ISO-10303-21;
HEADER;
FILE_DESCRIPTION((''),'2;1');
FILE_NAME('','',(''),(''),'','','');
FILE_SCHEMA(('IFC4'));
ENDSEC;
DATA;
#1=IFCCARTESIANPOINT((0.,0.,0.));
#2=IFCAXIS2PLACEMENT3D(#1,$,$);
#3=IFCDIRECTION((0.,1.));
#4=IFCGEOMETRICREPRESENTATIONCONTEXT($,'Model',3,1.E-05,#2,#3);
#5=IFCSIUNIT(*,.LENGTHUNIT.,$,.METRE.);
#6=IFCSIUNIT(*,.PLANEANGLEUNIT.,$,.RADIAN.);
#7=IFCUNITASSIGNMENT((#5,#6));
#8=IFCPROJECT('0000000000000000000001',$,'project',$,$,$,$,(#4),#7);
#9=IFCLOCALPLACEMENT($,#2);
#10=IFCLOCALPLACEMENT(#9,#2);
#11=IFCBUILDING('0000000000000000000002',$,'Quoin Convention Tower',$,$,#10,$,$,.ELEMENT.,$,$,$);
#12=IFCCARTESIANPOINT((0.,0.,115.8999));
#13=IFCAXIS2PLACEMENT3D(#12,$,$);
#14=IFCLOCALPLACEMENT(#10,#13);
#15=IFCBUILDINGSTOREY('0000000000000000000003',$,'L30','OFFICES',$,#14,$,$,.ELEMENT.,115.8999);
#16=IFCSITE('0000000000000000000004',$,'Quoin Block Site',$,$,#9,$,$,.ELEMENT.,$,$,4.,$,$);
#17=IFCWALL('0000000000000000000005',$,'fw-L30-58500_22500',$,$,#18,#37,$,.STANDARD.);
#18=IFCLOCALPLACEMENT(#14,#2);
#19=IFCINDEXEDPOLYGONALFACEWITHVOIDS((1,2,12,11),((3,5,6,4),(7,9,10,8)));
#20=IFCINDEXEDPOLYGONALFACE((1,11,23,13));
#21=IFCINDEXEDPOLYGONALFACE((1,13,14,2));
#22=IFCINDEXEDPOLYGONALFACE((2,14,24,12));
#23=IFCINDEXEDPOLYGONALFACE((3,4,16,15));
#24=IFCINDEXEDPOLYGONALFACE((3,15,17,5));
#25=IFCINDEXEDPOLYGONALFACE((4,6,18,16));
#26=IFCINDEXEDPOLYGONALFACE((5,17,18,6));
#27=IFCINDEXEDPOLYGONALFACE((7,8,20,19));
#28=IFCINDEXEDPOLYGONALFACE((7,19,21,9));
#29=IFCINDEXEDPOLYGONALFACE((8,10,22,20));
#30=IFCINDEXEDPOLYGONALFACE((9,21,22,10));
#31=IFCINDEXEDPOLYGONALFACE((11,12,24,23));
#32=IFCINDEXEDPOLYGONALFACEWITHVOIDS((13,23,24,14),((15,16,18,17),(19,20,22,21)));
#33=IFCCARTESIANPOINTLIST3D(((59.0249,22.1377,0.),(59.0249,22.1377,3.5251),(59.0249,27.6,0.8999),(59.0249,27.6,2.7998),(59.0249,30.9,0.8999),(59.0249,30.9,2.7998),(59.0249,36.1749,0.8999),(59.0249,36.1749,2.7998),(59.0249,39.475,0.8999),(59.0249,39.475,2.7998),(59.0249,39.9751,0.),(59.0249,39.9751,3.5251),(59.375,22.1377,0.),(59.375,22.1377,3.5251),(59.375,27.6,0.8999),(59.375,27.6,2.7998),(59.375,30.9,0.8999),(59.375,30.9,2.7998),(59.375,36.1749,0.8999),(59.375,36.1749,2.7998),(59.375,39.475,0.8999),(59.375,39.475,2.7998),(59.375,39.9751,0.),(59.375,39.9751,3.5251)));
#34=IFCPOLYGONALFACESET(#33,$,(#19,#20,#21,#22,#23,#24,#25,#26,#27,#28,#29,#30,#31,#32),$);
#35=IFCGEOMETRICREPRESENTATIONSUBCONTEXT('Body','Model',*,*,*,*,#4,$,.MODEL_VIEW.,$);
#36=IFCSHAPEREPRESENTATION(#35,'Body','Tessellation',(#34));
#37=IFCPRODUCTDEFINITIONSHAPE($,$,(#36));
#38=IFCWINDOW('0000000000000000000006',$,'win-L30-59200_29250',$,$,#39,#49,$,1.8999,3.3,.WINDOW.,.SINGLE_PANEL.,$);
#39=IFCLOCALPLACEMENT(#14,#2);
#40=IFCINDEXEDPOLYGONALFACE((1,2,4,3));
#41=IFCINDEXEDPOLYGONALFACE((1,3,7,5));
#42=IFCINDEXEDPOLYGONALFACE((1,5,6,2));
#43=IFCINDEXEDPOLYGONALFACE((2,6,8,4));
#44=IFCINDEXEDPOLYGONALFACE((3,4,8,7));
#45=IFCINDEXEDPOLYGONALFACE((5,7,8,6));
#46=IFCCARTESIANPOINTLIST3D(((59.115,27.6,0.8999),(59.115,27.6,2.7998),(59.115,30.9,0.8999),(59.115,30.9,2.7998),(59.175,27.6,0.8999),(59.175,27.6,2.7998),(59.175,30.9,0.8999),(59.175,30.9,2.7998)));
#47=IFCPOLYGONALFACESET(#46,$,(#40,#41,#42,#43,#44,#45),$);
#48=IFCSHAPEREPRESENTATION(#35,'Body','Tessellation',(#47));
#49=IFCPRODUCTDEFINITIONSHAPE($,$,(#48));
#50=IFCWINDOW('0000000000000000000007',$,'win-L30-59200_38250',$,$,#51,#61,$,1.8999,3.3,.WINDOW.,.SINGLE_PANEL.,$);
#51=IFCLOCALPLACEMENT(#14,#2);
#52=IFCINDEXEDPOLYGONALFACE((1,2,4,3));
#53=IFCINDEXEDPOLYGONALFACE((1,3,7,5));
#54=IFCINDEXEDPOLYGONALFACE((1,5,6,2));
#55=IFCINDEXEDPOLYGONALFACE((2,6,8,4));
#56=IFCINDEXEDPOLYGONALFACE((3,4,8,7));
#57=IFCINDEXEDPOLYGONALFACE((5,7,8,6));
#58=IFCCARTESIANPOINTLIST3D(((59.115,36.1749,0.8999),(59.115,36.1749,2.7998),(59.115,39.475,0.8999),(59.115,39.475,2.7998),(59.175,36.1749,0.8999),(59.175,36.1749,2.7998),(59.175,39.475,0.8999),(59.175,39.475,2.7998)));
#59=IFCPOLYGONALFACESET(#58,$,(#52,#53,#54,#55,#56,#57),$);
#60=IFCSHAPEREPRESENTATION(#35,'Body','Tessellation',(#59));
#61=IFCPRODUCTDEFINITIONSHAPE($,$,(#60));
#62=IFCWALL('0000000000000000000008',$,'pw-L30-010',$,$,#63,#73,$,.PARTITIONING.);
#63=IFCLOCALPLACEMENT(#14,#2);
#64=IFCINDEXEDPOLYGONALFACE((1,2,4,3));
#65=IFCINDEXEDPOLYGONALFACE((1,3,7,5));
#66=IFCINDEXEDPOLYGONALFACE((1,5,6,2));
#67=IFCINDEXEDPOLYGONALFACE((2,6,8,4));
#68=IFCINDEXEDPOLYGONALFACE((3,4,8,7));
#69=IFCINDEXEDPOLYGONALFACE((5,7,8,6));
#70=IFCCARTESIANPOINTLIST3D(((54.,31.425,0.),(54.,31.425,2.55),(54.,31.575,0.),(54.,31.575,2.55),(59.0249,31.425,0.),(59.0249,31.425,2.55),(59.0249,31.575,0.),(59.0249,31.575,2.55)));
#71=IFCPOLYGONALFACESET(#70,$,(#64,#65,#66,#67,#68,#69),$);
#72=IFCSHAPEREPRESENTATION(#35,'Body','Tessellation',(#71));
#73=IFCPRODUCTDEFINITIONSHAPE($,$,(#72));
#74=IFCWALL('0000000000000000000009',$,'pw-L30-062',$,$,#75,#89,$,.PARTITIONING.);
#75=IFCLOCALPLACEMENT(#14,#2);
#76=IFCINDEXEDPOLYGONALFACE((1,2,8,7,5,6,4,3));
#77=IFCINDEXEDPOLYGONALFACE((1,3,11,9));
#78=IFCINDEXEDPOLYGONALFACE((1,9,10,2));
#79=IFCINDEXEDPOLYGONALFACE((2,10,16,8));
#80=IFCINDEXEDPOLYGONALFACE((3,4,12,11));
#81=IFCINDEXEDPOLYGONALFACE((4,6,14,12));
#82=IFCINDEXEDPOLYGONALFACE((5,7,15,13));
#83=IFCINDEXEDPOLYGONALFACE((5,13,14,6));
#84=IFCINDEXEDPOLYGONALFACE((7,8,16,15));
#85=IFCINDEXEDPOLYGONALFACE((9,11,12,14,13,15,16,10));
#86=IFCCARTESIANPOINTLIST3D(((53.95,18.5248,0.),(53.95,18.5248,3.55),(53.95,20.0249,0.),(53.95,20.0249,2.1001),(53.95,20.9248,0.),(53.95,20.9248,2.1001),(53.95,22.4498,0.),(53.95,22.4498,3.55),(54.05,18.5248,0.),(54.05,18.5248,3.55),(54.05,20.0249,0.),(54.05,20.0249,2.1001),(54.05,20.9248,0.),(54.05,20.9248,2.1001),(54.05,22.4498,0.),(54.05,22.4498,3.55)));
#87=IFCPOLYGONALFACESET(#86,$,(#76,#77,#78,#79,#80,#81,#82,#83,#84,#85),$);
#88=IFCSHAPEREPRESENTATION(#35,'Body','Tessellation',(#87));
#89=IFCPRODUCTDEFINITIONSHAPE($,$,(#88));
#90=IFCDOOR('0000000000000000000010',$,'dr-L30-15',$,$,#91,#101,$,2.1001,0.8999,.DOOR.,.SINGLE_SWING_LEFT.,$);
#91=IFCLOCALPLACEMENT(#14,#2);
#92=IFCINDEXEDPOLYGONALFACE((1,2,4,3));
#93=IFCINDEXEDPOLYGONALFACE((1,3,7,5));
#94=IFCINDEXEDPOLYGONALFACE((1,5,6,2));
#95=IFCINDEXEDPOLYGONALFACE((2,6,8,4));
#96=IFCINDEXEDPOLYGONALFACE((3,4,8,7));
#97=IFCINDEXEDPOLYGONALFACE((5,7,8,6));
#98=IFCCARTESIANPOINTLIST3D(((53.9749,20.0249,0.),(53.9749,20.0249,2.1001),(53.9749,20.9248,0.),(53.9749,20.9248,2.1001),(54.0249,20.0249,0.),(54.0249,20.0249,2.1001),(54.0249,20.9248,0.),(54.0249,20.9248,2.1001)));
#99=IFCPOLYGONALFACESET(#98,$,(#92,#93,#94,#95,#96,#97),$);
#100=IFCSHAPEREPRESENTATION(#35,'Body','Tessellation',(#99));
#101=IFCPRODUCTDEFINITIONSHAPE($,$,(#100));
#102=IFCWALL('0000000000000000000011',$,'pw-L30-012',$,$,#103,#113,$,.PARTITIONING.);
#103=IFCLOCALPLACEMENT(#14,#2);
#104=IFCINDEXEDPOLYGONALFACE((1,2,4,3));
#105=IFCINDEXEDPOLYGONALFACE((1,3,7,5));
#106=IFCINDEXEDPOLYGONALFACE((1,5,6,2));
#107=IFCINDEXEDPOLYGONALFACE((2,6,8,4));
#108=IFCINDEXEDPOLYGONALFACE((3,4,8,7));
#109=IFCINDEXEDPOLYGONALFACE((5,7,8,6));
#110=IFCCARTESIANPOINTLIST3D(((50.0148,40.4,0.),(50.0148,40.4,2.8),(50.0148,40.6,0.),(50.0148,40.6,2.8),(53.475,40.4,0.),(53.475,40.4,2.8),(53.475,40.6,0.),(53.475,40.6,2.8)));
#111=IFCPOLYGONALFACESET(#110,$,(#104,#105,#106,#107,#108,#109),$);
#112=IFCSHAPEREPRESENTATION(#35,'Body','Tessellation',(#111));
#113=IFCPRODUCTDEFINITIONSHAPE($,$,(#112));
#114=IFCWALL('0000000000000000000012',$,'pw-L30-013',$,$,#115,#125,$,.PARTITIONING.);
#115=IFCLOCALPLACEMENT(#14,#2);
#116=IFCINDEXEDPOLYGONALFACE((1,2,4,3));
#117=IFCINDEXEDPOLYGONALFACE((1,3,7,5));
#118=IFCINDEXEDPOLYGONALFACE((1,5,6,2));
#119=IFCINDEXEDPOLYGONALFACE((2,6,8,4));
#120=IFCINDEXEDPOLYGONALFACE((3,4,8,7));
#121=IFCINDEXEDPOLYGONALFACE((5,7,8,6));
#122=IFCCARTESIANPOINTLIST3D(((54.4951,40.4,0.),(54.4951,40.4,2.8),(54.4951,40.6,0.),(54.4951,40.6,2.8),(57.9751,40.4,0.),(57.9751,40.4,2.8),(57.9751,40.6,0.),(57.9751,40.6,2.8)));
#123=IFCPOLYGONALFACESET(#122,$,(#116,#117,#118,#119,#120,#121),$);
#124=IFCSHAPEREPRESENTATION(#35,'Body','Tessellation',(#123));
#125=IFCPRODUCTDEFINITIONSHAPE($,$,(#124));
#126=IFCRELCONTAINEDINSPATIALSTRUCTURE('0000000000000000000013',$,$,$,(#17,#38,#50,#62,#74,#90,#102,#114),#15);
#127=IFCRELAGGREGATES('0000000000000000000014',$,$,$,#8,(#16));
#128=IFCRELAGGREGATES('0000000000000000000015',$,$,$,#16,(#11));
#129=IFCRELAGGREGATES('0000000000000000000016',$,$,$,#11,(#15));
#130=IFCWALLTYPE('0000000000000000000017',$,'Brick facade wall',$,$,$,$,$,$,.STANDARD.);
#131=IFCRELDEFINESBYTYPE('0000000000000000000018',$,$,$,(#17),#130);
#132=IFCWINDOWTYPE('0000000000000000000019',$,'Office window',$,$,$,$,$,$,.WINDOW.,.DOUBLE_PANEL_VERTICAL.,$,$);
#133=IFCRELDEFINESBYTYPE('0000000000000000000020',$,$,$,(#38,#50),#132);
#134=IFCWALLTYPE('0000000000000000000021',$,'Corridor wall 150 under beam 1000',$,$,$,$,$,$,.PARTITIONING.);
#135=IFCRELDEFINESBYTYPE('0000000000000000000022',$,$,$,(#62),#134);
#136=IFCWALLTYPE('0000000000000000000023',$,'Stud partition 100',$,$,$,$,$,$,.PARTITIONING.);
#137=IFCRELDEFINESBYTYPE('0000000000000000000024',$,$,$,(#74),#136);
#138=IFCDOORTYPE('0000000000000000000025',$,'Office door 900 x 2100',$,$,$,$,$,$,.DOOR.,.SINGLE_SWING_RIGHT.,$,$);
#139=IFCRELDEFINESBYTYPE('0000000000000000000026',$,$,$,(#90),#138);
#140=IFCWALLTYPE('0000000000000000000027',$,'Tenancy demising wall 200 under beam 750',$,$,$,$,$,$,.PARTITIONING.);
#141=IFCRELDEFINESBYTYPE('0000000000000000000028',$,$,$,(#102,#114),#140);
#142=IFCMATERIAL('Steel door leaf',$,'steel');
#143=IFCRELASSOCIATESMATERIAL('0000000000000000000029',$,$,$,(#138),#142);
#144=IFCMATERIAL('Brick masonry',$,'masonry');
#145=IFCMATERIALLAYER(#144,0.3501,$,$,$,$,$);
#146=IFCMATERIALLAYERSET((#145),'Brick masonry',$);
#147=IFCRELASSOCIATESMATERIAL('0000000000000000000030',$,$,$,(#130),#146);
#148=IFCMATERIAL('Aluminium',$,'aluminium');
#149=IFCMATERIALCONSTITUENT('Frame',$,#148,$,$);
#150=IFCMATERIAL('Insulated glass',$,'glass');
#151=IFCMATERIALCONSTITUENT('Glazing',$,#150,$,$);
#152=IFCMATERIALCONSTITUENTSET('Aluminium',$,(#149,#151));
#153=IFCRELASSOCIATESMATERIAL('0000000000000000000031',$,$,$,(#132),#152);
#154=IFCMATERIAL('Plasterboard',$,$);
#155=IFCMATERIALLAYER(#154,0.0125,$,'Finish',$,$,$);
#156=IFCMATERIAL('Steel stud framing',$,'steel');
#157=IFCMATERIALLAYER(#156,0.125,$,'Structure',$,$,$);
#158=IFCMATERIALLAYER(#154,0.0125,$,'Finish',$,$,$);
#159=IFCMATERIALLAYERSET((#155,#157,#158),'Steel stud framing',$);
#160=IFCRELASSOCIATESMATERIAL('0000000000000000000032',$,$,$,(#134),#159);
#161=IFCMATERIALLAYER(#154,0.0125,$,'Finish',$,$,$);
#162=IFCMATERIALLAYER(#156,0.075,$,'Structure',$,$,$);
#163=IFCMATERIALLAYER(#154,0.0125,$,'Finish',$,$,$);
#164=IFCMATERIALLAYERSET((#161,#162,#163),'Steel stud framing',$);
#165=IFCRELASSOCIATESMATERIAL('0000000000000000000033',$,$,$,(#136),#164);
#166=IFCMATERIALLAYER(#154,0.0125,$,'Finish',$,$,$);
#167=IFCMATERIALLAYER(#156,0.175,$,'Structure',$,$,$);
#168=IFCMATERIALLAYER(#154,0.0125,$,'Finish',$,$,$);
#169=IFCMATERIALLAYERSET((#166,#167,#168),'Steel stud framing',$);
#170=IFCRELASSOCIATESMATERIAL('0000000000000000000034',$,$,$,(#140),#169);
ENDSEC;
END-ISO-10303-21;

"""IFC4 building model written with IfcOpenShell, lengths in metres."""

from ifc_helpers import new_model, si_unit, direction, frame, frame_2d, origin, place, context, subcontext, project, spatial, rectangle, extrude, material, layer, layer_set, constituent, constituent_set, type_object, element, fill, save


model = new_model("IFC4")

# Units and contexts
model_context = context("Model", 3, precision=1e-05, world=origin(), true_north=direction((0.0, 1.0)))
body_context = subcontext(model_context, "Body", "Model", "MODEL_VIEW")
ifc_project = project(units=[si_unit("LENGTHUNIT", "METRE"), si_unit("PLANEANGLEUNIT", "RADIAN")], contexts=[model_context])

# Site, building, storey
site_placement = place(None, origin())
site = spatial("IfcSite", under=ifc_project, at=site_placement, Name="Quoin Block Site", CompositionType="ELEMENT", RefElevation=4.0)
building_placement = place(site_placement, origin())
building = spatial("IfcBuilding", under=site, at=building_placement, Name="Quoin Convention Tower", CompositionType="ELEMENT")
storey_placement = place(building_placement, frame((0.0, 0.0, 115.8999)))
storey = spatial("IfcBuildingStorey", under=building, at=storey_placement, Name="L30", Description="OFFICES", CompositionType="ELEMENT", Elevation=115.8999)

# Shared definitions
ifc_material_1 = material(Name="Plasterboard")
ifc_material_2 = material(Name="Steel stud framing", Category="steel")

# Shared definitions
ifc_material_3 = material(Name="Steel door leaf", Category="steel")
door_type = type_object("IfcDoorType", Name="Office door 900 x 2100", OperationType="SINGLE_SWING_RIGHT", PredefinedType="DOOR", material=ifc_material_3)

# Shared definitions
ifc_material_4 = material(Name="Brick masonry", Category="masonry")
ifc_layer_1 = layer(ifc_material_4, 0.3501)
ifc_layer_set_1 = layer_set([ifc_layer_1], Name="Brick masonry")
wall_type_1 = type_object("IfcWallType", Name="Brick facade wall", PredefinedType="STANDARD", material=ifc_layer_set_1)
ifc_material_5 = material(Name="Aluminium", Category="aluminium")
ifc_constituent_1 = constituent(ifc_material_5, Name="Frame")
ifc_material_6 = material(Name="Insulated glass", Category="glass")
ifc_constituent_2 = constituent(ifc_material_6, Name="Glazing")
ifc_constituent_set = constituent_set(constituents=[ifc_constituent_1, ifc_constituent_2], Name="Aluminium")
window_type = type_object("IfcWindowType", Name="Office window", PartitioningType="DOUBLE_PANEL_VERTICAL", PredefinedType="WINDOW", material=ifc_constituent_set)

# Wall, openings, windows
wall_1_placement = place(storey_placement, frame((59.2, 22.1377, 0.0), z_axis=(0.0, 0.0, 1.0), x_axis=(0.0, 1.0, 0.0)))
wall_1 = element("IfcWall", 1, at=wall_1_placement, inside=storey, type_object=wall_type_1, Name="fw-L30-58500_22500", PredefinedType="STANDARD", context=body_context, shape_type="SweptSolid", body=[
    extrude(rectangle(XDim=17.8374, YDim=0.3501, at=frame_2d((8.9187, 0.0))), origin(), (0.0, 0.0, 1.0), 3.5251),
])
opening_1_placement = place(wall_1_placement, frame((5.4624, 0.0, 0.8999)))
opening_1 = element("IfcOpeningElement", 2, at=opening_1_placement, cuts=wall_1, PredefinedType="OPENING", context=body_context, shape_type="SweptSolid", body=[
    extrude(rectangle(XDim=3.3, YDim=1.8999, at=frame_2d((1.6499, 0.95))), frame((0.0, 0.1851, 0.0), z_axis=(0.0, -1.0, 0.0), x_axis=(1.0, 0.0, 0.0)), (0.0, 0.0, 1.0), 0.3701),
])
opening_2_placement = place(wall_1_placement, frame((14.0374, 0.0, 0.8999)))
opening_2 = element("IfcOpeningElement", 3, at=opening_2_placement, cuts=wall_1, PredefinedType="OPENING", context=body_context, shape_type="SweptSolid", body=[
    extrude(rectangle(XDim=3.3, YDim=1.8999, at=frame_2d((1.6499, 0.95))), frame((0.0, 0.1851, 0.0), z_axis=(0.0, -1.0, 0.0), x_axis=(1.0, 0.0, 0.0)), (0.0, 0.0, 1.0), 0.3701),
])
window_1_placement = place(opening_1_placement, origin())
window_1 = element("IfcWindow", 4, at=window_1_placement, inside=storey, type_object=window_type, Name="win-L30-59200_29250", OverallHeight=1.8999, OverallWidth=3.3, PartitioningType="SINGLE_PANEL", PredefinedType="WINDOW", context=body_context, shape_type="SweptSolid", body=[
    extrude(rectangle(XDim=3.3, YDim=1.8999, at=frame_2d((1.6499, 0.95))), frame((0.0, 0.085, 0.0), z_axis=(0.0, -1.0, 0.0), x_axis=(1.0, 0.0, 0.0)), (0.0, 0.0, 1.0), 0.0601),
])
fill(opening_1, window_1)
window_2_placement = place(opening_2_placement, origin())
window_2 = element("IfcWindow", 5, at=window_2_placement, inside=storey, type_object=window_type, Name="win-L30-59200_38250", OverallHeight=1.8999, OverallWidth=3.3, PartitioningType="SINGLE_PANEL", PredefinedType="WINDOW", context=body_context, shape_type="SweptSolid", body=[
    extrude(rectangle(XDim=3.3, YDim=1.8999, at=frame_2d((1.6499, 0.95))), frame((0.0, 0.085, 0.0), z_axis=(0.0, -1.0, 0.0), x_axis=(1.0, 0.0, 0.0)), (0.0, 0.0, 1.0), 0.0601),
])
fill(opening_2, window_2)

# Wall
ifc_layer_2 = layer(ifc_material_1, 0.0125, Name="Finish")
ifc_layer_3 = layer(ifc_material_2, 0.125, Name="Structure")
ifc_layer_4 = layer(ifc_material_1, 0.0125, Name="Finish")
ifc_layer_set_2 = layer_set([ifc_layer_2, ifc_layer_3, ifc_layer_4], Name="Steel stud framing")
wall_type_2 = type_object("IfcWallType", Name="Corridor wall 150 under beam 1000", PredefinedType="PARTITIONING", material=ifc_layer_set_2)
wall_2_placement = place(storey_placement, frame((54.0, 31.5, 0.0), z_axis=(0.0, 0.0, 1.0), x_axis=(1.0, 0.0, 0.0)))
element("IfcWall", 6, at=wall_2_placement, inside=storey, type_object=wall_type_2, Name="pw-L30-010", PredefinedType="PARTITIONING", context=body_context, shape_type="SweptSolid", body=[
    extrude(rectangle(XDim=5.0249, YDim=0.1499, at=frame_2d((2.5125, 0.0))), origin(), (0.0, 0.0, 1.0), 2.55),
])

# Wall, opening, door
ifc_layer_5 = layer(ifc_material_1, 0.0125, Name="Finish")
ifc_layer_6 = layer(ifc_material_2, 0.075, Name="Structure")
ifc_layer_7 = layer(ifc_material_1, 0.0125, Name="Finish")
ifc_layer_set_3 = layer_set([ifc_layer_5, ifc_layer_6, ifc_layer_7], Name="Steel stud framing")
wall_type_3 = type_object("IfcWallType", Name="Stud partition 100", PredefinedType="PARTITIONING", material=ifc_layer_set_3)
wall_3_placement = place(storey_placement, frame((54.0, 18.5249, 0.0), z_axis=(0.0, 0.0, 1.0), x_axis=(0.0, 1.0, 0.0)))
wall_3 = element("IfcWall", 7, at=wall_3_placement, inside=storey, type_object=wall_type_3, Name="pw-L30-062", PredefinedType="PARTITIONING", context=body_context, shape_type="SweptSolid", body=[
    extrude(rectangle(XDim=3.925, YDim=0.1001, at=frame_2d((1.9624, 0.0))), origin(), (0.0, 0.0, 1.0), 3.55),
])
opening_3_placement = place(wall_3_placement, frame((1.5, 0.0, 0.0)))
opening_3 = element("IfcOpeningElement", 8, at=opening_3_placement, cuts=wall_3, PredefinedType="OPENING", context=body_context, shape_type="SweptSolid", body=[
    extrude(rectangle(XDim=0.8999, YDim=2.1001, at=frame_2d((0.45, 1.05))), frame((0.0, 0.0601, 0.0), z_axis=(0.0, -1.0, 0.0), x_axis=(1.0, 0.0, 0.0)), (0.0, 0.0, 1.0), 0.1201),
])
door_1_placement = place(opening_3_placement, frame((0.8999, 0.0, 0.0), z_axis=(0.0, 0.0, 1.0), x_axis=(-1.0, 0.0, 0.0)))
door_1 = element("IfcDoor", 9, at=door_1_placement, inside=storey, type_object=door_type, Name="dr-L30-15", OperationType="SINGLE_SWING_LEFT", OverallHeight=2.1001, OverallWidth=0.8999, PredefinedType="DOOR", context=body_context, shape_type="SweptSolid", body=[
    extrude(rectangle(XDim=0.8999, YDim=2.1001, at=frame_2d((0.45, 1.05))), frame((0.0, 0.0249, 0.0), z_axis=(0.0, -1.0, 0.0), x_axis=(1.0, 0.0, 0.0)), (0.0, 0.0, 1.0), 0.05),
])
fill(opening_3, door_1)

# Walls
ifc_layer_8 = layer(ifc_material_1, 0.0125, Name="Finish")
ifc_layer_9 = layer(ifc_material_2, 0.175, Name="Structure")
ifc_layer_10 = layer(ifc_material_1, 0.0125, Name="Finish")
ifc_layer_set_4 = layer_set([ifc_layer_8, ifc_layer_9, ifc_layer_10], Name="Steel stud framing")
wall_type_4 = type_object("IfcWallType", Name="Tenancy demising wall 200 under beam 750", PredefinedType="PARTITIONING", material=ifc_layer_set_4)
wall_4_placement = place(storey_placement, frame((50.0149, 40.5, 0.0), z_axis=(0.0, 0.0, 1.0), x_axis=(1.0, 0.0, 0.0)))
element("IfcWall", 10, at=wall_4_placement, inside=storey, type_object=wall_type_4, Name="pw-L30-012", PredefinedType="PARTITIONING", context=body_context, shape_type="SweptSolid", body=[
    extrude(rectangle(XDim=3.4602, YDim=0.2, at=frame_2d((1.73, 0.0))), origin(), (0.0, 0.0, 1.0), 2.8),
])
wall_5_placement = place(storey_placement, frame((54.4951, 40.5, 0.0), z_axis=(0.0, 0.0, 1.0), x_axis=(1.0, 0.0, 0.0)))
element("IfcWall", 11, at=wall_5_placement, inside=storey, type_object=wall_type_4, Name="pw-L30-013", PredefinedType="PARTITIONING", context=body_context, shape_type="SweptSolid", body=[
    extrude(rectangle(XDim=3.48, YDim=0.2, at=frame_2d((1.74, 0.0))), origin(), (0.0, 0.0, 1.0), 2.8),
])

save(model, "model.ifc")
